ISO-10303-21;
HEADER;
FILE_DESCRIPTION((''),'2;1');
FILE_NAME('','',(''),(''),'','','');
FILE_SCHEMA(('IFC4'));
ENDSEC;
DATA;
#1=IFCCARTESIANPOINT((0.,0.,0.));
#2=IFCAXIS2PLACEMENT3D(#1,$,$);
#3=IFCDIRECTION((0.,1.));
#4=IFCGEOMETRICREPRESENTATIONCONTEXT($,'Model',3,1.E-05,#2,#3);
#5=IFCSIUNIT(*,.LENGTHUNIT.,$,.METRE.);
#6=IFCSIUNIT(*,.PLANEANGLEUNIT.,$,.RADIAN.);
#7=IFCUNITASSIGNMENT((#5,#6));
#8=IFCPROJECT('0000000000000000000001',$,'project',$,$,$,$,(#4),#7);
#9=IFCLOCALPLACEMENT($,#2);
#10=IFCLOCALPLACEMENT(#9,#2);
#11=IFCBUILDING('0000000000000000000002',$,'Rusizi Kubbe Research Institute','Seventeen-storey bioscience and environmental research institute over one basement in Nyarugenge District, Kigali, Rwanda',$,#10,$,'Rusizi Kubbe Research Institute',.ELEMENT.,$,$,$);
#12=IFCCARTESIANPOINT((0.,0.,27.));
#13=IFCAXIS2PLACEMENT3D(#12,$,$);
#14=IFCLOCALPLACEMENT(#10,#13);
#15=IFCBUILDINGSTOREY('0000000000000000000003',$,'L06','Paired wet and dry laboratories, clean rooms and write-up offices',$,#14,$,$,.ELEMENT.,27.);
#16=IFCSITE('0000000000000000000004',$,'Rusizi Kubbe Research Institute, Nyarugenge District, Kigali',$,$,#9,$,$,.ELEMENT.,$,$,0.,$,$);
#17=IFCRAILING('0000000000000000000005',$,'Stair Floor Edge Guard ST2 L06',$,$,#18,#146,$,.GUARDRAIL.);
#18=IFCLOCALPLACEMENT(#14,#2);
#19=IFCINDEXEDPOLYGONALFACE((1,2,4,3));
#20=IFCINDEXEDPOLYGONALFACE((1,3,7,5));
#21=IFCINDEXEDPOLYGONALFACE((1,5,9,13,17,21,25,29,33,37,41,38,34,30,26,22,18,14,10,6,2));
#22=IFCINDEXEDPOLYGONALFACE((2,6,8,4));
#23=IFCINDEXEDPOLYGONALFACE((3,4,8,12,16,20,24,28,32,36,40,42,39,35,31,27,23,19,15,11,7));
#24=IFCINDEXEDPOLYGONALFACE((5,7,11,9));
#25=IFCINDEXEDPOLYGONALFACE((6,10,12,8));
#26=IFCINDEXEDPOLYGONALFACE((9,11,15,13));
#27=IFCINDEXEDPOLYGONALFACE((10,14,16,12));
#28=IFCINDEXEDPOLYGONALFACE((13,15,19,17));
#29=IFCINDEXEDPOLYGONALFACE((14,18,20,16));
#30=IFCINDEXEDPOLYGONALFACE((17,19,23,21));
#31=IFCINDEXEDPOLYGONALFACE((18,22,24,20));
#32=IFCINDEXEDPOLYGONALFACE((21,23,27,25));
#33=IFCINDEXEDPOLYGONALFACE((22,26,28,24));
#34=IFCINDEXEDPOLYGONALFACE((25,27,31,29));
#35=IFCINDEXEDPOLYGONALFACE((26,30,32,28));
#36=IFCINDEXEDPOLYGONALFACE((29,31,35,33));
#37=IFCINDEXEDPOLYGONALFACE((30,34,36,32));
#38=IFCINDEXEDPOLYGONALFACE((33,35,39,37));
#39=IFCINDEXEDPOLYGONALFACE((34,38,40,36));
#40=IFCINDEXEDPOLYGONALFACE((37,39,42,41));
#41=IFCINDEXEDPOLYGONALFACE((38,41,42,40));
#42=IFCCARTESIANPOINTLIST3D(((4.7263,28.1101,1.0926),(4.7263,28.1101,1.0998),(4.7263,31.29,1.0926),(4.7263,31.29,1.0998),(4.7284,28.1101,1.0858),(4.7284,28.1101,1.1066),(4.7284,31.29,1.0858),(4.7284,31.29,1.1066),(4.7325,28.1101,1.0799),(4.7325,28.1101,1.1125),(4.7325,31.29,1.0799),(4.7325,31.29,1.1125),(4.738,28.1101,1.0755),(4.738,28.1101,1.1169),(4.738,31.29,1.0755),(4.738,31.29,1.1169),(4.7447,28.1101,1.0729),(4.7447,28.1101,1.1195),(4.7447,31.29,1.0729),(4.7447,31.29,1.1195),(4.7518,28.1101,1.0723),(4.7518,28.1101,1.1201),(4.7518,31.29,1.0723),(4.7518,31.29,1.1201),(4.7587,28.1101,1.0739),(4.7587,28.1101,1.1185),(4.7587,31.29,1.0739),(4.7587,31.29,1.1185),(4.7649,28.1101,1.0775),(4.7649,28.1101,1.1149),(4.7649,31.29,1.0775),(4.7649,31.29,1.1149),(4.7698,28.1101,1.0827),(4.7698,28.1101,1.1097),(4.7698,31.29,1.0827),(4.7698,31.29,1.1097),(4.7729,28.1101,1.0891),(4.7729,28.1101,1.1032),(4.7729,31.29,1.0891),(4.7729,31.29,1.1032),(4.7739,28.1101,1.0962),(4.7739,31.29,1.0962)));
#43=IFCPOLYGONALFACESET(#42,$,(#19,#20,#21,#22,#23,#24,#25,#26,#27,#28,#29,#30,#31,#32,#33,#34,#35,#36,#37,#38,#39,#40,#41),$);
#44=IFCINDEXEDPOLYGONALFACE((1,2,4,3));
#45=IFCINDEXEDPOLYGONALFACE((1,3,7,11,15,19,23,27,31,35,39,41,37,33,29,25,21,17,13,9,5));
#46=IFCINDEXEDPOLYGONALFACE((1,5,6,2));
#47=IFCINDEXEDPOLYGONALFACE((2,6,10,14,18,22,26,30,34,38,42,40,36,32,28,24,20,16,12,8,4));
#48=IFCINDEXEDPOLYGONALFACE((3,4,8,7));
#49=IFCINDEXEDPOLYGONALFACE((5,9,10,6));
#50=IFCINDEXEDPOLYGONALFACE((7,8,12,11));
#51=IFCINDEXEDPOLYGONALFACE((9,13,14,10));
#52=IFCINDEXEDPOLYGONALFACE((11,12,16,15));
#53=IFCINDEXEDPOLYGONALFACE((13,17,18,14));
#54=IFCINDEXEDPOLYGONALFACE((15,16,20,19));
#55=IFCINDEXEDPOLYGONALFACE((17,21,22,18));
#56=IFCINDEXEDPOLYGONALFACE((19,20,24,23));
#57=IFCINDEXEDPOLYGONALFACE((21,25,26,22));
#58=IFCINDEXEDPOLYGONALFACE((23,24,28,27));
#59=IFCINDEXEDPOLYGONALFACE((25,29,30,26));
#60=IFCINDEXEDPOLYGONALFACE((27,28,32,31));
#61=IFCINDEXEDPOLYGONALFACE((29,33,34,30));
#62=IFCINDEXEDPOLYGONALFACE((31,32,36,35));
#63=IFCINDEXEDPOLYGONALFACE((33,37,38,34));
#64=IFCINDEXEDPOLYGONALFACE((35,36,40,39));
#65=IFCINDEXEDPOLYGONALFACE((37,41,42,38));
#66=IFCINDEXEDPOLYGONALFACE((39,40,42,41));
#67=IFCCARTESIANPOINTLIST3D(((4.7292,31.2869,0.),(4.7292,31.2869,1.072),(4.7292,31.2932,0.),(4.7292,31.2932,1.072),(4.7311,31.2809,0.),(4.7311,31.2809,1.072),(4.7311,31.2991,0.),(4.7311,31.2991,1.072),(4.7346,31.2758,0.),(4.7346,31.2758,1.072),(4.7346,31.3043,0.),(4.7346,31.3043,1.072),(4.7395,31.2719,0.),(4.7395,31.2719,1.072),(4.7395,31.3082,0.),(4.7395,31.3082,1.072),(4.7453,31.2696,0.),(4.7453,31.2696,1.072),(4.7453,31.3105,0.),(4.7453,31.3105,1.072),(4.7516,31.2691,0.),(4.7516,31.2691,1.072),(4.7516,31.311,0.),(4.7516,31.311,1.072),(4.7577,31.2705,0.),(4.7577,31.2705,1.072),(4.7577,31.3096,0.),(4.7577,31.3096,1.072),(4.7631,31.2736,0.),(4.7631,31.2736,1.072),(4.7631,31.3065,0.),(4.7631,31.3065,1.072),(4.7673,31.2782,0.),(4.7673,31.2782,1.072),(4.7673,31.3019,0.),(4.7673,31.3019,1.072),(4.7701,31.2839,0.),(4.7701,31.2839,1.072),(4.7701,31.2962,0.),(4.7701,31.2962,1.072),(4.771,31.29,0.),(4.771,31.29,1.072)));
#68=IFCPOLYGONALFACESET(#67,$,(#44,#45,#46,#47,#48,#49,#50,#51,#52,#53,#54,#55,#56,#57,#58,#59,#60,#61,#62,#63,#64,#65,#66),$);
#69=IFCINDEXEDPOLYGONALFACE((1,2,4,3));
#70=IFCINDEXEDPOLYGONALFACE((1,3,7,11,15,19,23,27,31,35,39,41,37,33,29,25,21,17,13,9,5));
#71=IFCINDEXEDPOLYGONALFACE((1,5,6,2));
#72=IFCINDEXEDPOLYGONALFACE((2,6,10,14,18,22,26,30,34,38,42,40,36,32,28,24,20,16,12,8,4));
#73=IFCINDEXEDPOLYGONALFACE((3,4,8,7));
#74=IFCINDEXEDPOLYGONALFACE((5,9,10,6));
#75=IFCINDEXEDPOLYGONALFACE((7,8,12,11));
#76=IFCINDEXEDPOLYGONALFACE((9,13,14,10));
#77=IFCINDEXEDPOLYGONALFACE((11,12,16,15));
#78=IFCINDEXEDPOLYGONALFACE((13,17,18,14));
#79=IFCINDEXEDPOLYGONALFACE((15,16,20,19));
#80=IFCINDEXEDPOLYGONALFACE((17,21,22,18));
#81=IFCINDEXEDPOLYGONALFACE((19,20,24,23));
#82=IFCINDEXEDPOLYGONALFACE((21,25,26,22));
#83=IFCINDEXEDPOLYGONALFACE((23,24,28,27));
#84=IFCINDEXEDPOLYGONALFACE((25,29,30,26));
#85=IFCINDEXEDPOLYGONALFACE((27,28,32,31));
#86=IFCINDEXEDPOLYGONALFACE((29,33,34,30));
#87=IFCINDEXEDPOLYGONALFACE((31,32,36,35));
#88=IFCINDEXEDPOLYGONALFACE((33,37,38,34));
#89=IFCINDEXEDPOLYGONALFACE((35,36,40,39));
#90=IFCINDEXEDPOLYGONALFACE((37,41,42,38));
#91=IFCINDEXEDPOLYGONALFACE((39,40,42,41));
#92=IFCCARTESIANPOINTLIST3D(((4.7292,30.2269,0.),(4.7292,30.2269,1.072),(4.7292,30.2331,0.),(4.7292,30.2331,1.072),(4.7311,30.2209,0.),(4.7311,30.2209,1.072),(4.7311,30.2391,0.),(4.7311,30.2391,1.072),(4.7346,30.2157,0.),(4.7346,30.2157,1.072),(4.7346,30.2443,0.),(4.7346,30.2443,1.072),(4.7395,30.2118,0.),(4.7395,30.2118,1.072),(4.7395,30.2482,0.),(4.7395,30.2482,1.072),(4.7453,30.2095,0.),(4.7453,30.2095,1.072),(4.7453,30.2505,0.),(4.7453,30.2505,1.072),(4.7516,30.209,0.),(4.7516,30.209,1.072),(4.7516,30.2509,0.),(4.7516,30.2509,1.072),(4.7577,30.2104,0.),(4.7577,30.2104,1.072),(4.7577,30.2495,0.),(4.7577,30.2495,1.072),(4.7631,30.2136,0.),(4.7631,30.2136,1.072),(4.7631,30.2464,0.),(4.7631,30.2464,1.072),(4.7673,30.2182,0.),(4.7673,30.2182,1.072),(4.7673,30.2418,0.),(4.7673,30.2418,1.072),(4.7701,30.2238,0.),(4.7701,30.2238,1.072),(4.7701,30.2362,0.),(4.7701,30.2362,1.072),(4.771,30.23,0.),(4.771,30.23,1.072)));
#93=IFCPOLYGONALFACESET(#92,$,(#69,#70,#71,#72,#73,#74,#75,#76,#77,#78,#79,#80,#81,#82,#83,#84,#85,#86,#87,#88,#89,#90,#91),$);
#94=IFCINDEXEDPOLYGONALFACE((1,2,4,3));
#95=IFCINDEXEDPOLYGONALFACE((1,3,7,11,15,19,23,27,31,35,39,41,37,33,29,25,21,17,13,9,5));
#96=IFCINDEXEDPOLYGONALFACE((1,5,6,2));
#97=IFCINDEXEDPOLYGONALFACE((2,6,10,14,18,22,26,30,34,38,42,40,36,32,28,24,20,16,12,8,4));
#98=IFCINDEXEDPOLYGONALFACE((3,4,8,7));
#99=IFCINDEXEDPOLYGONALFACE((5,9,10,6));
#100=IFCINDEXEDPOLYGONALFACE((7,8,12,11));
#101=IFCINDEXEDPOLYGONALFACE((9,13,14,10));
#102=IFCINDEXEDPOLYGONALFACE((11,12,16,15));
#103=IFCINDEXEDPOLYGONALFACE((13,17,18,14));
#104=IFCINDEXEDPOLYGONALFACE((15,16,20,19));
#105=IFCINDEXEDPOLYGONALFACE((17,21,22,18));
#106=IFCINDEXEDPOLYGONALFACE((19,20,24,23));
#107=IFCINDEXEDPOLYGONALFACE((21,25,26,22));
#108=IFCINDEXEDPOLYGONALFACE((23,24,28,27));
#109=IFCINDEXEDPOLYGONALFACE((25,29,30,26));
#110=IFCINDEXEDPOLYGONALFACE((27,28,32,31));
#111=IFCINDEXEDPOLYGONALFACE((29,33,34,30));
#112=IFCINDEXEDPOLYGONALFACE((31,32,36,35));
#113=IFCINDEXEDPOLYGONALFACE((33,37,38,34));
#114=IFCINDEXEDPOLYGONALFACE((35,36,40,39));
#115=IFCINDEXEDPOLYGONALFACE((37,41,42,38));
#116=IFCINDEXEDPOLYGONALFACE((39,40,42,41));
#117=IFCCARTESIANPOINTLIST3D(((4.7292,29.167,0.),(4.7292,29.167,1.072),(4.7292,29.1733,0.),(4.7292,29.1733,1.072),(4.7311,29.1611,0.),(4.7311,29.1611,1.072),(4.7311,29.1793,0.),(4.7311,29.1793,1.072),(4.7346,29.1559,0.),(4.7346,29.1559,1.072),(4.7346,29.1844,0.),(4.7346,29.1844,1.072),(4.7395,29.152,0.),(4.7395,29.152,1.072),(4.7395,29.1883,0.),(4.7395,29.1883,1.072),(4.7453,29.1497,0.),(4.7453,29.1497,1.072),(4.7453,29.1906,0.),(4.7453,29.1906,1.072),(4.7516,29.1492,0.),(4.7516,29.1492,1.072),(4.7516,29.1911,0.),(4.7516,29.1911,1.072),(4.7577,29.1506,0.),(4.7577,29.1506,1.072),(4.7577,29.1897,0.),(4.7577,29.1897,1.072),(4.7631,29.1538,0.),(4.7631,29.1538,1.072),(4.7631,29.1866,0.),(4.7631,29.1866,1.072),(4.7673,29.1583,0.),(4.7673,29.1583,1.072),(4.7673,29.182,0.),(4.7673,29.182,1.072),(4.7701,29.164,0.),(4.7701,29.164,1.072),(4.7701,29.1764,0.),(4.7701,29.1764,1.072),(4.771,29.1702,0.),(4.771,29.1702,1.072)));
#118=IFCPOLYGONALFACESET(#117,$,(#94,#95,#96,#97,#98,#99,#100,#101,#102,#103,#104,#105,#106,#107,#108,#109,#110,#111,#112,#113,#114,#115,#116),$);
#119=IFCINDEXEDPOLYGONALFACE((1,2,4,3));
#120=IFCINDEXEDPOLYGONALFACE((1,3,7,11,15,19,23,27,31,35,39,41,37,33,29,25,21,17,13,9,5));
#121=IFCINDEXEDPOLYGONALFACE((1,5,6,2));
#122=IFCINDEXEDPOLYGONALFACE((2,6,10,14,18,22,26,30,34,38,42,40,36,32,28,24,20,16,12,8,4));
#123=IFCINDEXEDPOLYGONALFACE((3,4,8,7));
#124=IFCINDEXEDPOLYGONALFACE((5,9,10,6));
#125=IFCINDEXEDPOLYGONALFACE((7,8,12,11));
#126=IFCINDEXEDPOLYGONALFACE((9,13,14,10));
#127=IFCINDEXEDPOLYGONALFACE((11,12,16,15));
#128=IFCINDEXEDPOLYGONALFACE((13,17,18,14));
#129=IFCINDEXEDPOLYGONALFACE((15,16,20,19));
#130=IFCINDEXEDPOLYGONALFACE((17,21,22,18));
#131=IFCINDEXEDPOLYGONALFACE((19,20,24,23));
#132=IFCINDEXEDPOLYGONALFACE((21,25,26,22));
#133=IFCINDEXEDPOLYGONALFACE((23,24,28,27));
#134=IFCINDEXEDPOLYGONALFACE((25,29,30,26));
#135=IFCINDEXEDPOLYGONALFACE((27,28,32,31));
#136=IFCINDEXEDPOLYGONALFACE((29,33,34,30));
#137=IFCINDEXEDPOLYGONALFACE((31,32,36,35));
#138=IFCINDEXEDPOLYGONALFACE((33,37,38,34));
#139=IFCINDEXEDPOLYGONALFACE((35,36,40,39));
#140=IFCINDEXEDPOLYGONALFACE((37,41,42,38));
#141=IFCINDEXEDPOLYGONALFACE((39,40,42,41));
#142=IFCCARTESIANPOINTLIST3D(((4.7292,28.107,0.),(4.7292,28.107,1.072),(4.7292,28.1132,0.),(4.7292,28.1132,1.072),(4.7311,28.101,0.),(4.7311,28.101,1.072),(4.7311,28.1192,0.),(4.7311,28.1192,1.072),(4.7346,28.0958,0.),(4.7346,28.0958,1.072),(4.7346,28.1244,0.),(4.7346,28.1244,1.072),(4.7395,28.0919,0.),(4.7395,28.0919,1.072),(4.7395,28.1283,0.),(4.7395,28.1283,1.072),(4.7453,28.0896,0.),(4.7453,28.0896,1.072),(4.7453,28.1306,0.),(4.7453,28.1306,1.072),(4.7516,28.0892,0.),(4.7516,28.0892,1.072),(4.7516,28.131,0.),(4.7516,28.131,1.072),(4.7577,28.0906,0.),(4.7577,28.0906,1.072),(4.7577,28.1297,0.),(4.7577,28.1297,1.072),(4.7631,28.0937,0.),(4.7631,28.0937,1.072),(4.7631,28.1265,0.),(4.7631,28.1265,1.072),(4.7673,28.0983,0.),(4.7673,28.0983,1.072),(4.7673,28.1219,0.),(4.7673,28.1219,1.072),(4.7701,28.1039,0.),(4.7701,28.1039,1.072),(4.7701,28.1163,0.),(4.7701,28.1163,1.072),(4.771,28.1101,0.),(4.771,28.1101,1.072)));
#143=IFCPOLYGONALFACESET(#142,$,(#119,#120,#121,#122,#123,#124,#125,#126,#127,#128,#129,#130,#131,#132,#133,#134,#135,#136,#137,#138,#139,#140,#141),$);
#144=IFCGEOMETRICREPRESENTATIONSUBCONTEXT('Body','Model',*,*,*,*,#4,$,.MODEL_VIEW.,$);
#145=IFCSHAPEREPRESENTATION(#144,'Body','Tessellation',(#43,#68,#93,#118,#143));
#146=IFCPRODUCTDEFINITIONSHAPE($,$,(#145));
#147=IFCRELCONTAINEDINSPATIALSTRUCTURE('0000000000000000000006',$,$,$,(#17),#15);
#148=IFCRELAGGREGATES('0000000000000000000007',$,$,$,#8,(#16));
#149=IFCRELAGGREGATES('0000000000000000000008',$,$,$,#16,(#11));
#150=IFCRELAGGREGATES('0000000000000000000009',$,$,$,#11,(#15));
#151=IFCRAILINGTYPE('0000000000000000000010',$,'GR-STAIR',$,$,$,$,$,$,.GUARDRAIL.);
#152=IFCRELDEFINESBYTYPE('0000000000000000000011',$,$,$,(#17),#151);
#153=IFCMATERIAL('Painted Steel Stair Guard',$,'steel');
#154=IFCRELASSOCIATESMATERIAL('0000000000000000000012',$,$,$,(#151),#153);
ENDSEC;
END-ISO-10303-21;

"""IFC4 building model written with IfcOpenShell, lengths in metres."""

from ifc_helpers import new_model, si_unit, direction, frame, origin, origin_2d, place, context, subcontext, project, spatial, circle, extrude, material, type_object, element, save


model = new_model("IFC4")

# Units and contexts
model_context = context("Model", 3, precision=1e-05, world=origin(), true_north=direction((0.0, 1.0)))
body_context = subcontext(model_context, "Body", "Model", "MODEL_VIEW")
ifc_project = project(units=[si_unit("LENGTHUNIT", "METRE"), si_unit("PLANEANGLEUNIT", "RADIAN")], contexts=[model_context])

# Site, building, storey
site_placement = place(None, origin())
site = spatial("IfcSite", under=ifc_project, at=site_placement, Name="Rusizi Kubbe Research Institute, Nyarugenge District, Kigali", CompositionType="ELEMENT", RefElevation=0.0)
building_placement = place(site_placement, origin())
building = spatial("IfcBuilding", under=site, at=building_placement, Name="Rusizi Kubbe Research Institute", Description="Seventeen-storey bioscience and environmental research institute over one basement in Nyarugenge District, Kigali, Rwanda", LongName="Rusizi Kubbe Research Institute", CompositionType="ELEMENT")
storey_placement = place(building_placement, frame((0.0, 0.0, 27.0)))
storey = spatial("IfcBuildingStorey", under=building, at=storey_placement, Name="L06", Description="Paired wet and dry laboratories, clean rooms and write-up offices", CompositionType="ELEMENT", Elevation=27.0)

# Railing
ifc_material_1 = material(Name="Painted Steel Stair Guard", Category="steel")
railing_type_1 = type_object("IfcRailingType", Name="GR-STAIR", PredefinedType="GUARDRAIL", material=ifc_material_1)
railing_1_placement = place(storey_placement, frame((4.75, 31.29, 0.0)))
element("IfcRailing", 1, at=railing_1_placement, inside=storey, type_object=railing_type_1, Name="Stair Floor Edge Guard ST2 L06", PredefinedType="GUARDRAIL", context=body_context, shape_type="SweptSolid", body=[
    extrude(circle(Radius=0.0239, at=origin_2d()), frame((0.0, 0.0, 1.0962), z_axis=(0.0, -1.0, 0.0), x_axis=(1.0, 0.0, 0.0)), (0.0, 0.0, 1.0), 3.1799),
    extrude(circle(Radius=0.021, at=origin_2d()), origin(), (0.0, 0.0, 1.0), 1.072),
    extrude(circle(Radius=0.021, at=origin_2d()), frame((0.0, -1.0601, 0.0)), (0.0, 0.0, 1.0), 1.072),
    extrude(circle(Radius=0.021, at=origin_2d()), frame((0.0, -2.1199, 0.0)), (0.0, 0.0, 1.0), 1.072),
    extrude(circle(Radius=0.021, at=origin_2d()), frame((0.0, -3.1799, 0.0)), (0.0, 0.0, 1.0), 1.072),
])

save(model, "model.ifc")
